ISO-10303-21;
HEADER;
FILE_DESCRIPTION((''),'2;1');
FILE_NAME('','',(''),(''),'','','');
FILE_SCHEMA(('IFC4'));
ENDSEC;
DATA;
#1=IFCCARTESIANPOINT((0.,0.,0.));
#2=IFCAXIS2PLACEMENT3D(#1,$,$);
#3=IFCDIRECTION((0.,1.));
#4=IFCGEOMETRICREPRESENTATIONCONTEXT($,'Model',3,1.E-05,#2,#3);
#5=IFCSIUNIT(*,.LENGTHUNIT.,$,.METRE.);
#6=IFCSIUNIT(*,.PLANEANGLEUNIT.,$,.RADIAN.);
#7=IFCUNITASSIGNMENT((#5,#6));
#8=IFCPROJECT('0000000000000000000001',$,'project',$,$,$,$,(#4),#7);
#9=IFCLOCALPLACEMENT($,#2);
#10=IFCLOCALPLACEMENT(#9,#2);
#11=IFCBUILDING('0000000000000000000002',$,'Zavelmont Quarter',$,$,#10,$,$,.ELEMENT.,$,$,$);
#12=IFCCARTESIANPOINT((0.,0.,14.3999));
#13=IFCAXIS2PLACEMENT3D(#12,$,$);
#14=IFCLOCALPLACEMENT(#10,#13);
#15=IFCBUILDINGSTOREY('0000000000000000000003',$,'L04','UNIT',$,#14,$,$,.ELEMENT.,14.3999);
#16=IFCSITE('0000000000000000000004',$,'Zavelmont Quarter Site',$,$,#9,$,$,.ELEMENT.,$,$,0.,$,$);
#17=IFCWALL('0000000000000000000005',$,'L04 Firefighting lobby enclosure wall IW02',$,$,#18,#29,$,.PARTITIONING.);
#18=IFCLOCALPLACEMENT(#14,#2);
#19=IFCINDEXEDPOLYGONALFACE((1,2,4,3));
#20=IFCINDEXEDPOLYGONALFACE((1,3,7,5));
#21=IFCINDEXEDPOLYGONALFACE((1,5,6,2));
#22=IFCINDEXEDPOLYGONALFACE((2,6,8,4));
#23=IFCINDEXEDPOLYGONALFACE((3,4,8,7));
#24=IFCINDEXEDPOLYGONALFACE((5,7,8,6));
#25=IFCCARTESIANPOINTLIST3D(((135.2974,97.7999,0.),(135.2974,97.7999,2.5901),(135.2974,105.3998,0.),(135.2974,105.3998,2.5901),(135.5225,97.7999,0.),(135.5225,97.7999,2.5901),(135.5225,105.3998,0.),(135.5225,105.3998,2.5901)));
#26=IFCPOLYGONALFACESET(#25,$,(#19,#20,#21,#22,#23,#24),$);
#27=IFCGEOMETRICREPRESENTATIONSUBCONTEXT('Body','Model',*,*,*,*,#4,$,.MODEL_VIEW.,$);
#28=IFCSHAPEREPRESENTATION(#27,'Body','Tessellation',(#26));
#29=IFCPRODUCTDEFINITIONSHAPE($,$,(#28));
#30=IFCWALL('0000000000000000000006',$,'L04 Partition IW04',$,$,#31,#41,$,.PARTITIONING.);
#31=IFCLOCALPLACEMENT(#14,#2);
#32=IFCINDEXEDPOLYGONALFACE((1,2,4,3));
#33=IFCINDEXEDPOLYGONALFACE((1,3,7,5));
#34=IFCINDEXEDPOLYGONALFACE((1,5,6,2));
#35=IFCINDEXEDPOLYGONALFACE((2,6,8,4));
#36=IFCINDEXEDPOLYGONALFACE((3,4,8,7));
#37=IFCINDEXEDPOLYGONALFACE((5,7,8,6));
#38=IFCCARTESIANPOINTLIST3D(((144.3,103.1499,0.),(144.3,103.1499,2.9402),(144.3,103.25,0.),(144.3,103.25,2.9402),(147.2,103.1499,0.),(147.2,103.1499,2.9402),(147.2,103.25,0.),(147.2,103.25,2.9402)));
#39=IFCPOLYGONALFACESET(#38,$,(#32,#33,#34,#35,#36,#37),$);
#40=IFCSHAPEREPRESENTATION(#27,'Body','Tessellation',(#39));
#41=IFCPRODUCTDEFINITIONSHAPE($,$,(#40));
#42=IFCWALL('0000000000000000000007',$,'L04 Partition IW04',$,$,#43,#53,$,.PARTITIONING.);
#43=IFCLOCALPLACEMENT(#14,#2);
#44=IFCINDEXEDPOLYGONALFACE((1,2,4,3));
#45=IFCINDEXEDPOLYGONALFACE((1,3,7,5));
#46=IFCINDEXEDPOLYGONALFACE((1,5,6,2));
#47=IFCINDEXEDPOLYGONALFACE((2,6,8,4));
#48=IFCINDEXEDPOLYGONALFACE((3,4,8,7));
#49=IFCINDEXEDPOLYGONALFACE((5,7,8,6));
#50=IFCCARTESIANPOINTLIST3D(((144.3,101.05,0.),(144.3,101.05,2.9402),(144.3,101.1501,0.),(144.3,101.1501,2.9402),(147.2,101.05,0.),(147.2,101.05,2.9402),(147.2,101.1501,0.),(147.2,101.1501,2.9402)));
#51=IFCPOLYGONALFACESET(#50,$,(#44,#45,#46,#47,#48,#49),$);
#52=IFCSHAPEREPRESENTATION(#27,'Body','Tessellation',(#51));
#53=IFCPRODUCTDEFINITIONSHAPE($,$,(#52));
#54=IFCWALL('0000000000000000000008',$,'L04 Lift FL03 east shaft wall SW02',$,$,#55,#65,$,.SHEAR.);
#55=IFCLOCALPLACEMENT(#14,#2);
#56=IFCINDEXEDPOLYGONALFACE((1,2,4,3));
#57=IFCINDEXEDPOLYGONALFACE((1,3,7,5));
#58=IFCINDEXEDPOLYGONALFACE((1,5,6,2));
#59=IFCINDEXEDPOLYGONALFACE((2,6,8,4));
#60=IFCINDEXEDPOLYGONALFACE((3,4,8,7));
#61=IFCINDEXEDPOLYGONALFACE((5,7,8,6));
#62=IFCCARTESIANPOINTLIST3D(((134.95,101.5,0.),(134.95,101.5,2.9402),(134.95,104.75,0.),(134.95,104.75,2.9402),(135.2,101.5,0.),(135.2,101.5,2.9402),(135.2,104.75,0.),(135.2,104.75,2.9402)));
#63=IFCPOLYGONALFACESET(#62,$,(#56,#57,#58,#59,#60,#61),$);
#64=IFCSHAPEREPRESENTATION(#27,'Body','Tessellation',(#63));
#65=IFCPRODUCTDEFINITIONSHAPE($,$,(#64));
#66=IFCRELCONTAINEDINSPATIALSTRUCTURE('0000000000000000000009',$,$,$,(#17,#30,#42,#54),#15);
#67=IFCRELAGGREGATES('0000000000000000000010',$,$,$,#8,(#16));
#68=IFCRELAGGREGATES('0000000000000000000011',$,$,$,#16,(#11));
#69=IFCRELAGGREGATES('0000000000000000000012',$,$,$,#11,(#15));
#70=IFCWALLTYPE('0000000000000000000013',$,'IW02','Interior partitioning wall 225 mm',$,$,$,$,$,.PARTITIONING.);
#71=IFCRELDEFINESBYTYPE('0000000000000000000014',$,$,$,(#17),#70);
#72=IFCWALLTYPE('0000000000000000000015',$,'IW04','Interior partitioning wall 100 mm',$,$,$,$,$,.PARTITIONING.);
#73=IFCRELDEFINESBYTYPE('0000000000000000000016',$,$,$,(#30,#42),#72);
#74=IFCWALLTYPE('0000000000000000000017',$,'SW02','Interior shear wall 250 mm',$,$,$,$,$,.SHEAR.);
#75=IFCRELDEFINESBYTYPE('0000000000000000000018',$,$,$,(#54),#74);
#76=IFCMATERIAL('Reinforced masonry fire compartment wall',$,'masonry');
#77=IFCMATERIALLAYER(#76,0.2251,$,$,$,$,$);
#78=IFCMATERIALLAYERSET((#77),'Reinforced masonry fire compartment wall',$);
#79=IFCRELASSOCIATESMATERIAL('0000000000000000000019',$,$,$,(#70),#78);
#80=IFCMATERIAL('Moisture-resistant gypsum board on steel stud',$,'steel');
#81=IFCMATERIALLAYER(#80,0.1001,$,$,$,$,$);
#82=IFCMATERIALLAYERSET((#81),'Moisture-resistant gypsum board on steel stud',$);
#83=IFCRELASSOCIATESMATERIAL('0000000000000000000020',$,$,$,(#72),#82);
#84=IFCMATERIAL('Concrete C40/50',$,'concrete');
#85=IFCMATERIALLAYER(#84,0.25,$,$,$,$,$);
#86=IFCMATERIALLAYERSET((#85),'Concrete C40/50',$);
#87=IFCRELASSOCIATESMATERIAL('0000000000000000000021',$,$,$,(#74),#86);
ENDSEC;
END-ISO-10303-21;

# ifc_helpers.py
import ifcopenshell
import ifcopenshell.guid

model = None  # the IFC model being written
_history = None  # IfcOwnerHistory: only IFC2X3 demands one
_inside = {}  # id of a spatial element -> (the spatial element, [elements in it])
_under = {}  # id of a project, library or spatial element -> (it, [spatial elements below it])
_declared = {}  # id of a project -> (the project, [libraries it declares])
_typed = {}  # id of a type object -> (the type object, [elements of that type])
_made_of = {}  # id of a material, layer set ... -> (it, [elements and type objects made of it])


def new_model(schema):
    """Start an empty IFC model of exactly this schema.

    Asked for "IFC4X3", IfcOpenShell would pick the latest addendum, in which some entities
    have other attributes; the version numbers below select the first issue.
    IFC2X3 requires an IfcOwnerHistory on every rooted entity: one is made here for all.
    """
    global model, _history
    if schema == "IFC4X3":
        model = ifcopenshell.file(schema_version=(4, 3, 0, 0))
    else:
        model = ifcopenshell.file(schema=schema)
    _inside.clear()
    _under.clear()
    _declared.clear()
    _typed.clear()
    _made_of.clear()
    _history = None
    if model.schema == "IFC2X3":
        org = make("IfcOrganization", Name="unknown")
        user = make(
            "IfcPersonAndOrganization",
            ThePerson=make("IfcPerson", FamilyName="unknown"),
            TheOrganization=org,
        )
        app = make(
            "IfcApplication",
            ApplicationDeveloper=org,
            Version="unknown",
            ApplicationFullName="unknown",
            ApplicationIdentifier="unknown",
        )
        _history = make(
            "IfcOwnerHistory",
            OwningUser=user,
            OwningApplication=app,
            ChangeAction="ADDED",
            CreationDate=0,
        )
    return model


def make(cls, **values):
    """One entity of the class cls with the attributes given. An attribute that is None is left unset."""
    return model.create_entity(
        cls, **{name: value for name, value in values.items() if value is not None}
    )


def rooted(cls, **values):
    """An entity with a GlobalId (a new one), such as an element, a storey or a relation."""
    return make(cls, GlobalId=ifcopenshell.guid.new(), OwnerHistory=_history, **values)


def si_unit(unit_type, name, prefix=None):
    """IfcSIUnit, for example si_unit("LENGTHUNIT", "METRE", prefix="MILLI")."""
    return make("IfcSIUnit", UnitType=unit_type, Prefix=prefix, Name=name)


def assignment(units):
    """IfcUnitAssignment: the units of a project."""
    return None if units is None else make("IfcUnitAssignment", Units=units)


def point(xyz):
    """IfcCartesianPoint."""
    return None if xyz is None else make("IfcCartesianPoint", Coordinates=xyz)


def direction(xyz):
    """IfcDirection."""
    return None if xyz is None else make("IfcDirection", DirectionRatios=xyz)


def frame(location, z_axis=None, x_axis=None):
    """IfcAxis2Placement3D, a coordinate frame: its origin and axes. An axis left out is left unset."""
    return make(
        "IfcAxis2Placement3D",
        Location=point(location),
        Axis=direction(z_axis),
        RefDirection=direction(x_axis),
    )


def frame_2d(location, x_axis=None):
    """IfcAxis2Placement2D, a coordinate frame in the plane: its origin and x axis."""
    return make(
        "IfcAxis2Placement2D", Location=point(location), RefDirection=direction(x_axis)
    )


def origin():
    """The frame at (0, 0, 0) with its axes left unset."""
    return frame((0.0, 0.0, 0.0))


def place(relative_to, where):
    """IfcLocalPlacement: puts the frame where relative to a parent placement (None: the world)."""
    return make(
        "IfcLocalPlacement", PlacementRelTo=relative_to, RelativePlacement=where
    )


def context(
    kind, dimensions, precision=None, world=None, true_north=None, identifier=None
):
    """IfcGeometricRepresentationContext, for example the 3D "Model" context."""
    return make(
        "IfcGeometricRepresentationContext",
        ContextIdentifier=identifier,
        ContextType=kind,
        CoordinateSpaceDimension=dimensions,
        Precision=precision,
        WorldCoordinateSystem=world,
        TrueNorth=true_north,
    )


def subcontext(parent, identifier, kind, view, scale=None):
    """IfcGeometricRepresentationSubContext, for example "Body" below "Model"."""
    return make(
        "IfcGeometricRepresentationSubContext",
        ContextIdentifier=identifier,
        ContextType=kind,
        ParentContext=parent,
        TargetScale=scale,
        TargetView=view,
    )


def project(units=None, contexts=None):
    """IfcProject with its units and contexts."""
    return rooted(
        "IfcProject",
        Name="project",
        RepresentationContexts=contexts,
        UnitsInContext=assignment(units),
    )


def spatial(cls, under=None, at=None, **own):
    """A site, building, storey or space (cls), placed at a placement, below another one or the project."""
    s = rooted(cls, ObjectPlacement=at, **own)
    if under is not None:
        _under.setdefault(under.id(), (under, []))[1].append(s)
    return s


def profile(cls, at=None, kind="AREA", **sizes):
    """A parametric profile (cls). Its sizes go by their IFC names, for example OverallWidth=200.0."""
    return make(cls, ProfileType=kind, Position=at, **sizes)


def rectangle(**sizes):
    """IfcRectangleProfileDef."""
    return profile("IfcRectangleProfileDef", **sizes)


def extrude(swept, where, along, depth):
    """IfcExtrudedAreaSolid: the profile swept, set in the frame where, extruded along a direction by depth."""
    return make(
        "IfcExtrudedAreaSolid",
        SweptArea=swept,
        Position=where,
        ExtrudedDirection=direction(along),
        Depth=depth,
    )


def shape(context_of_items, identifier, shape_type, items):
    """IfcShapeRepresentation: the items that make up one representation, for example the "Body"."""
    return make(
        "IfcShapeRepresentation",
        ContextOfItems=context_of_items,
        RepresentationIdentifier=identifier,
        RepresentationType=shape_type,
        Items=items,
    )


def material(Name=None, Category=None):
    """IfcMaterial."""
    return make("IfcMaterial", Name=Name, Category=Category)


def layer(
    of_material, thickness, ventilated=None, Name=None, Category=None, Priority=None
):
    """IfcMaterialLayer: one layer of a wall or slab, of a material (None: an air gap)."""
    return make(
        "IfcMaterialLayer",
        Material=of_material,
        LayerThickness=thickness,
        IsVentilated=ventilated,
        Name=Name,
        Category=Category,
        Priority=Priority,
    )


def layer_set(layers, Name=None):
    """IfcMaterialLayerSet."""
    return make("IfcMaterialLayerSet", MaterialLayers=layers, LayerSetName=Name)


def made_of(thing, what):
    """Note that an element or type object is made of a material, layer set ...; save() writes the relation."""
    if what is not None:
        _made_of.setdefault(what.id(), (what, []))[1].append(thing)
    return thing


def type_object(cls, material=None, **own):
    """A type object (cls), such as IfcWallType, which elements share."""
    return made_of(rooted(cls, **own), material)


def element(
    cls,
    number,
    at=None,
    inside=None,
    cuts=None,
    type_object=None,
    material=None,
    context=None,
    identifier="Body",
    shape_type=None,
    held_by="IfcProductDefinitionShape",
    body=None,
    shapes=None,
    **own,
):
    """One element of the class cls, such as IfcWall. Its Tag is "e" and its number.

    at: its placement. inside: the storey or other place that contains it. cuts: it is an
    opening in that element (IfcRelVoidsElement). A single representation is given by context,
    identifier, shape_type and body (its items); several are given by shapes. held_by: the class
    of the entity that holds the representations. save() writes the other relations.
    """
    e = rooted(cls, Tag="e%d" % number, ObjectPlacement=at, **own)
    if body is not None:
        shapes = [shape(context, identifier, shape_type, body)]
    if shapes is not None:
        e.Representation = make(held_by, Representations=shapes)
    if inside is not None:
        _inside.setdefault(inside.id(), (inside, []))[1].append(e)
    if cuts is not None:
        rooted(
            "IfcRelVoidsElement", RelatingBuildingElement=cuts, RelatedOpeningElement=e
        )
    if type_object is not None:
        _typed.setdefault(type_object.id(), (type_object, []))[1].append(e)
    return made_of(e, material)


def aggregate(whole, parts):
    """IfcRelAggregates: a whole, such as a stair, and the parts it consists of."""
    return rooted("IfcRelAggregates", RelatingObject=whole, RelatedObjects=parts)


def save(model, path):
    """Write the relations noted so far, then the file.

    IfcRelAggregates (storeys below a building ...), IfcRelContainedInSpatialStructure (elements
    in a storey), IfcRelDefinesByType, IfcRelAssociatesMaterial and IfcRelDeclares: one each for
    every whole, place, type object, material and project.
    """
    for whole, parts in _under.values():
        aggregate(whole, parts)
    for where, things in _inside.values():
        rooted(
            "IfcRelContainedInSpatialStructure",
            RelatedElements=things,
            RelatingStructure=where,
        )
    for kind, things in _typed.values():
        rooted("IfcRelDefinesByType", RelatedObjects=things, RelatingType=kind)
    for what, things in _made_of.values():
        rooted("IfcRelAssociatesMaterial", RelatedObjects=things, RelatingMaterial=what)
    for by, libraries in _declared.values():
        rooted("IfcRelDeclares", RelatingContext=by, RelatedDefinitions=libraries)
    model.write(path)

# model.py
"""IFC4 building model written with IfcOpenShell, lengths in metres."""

from ifc_helpers import new_model, si_unit, direction, frame, frame_2d, origin, place, context, subcontext, project, spatial, rectangle, extrude, material, layer, layer_set, type_object, element, save


model = new_model("IFC4")

# Units and contexts
model_context = context("Model", 3, precision=1e-05, world=origin(), true_north=direction((0.0, 1.0)))
body_context = subcontext(model_context, "Body", "Model", "MODEL_VIEW")
ifc_project = project(units=[si_unit("LENGTHUNIT", "METRE"), si_unit("PLANEANGLEUNIT", "RADIAN")], contexts=[model_context])

# Site, building, storey
site_placement = place(None, origin())
site = spatial("IfcSite", under=ifc_project, at=site_placement, Name="Zavelmont Quarter Site", CompositionType="ELEMENT", RefElevation=0.0)
building_placement = place(site_placement, origin())
building = spatial("IfcBuilding", under=site, at=building_placement, Name="Zavelmont Quarter", CompositionType="ELEMENT")
storey_placement = place(building_placement, frame((0.0, 0.0, 14.3999)))
storey = spatial("IfcBuildingStorey", under=building, at=storey_placement, Name="L04", Description="UNIT", CompositionType="ELEMENT", Elevation=14.3999)

# Shared definitions
ifc_material_1 = material(Name="Concrete C40/50", Category="concrete")

# Walls
ifc_material_2 = material(Name="Reinforced masonry fire compartment wall", Category="masonry")
ifc_layer_1 = layer(ifc_material_2, 0.2251)
ifc_layer_set_1 = layer_set([ifc_layer_1], Name="Reinforced masonry fire compartment wall")
wall_type_1 = type_object("IfcWallType", Name="IW02", Description="Interior partitioning wall 225 mm", PredefinedType="PARTITIONING", material=ifc_layer_set_1)
wall_1_placement = place(storey_placement, frame((135.4099, 97.8, 0.0), z_axis=(0.0, 0.0, 1.0), x_axis=(0.0, 1.0, 0.0)))
element("IfcWall", 1, at=wall_1_placement, inside=storey, type_object=wall_type_1, Name="L04 Firefighting lobby enclosure wall IW02", PredefinedType="PARTITIONING", context=body_context, shape_type="SweptSolid", body=[
    extrude(rectangle(XDim=7.5999, YDim=0.2251, at=frame_2d((3.7998, 0.0))), origin(), (0.0, 0.0, 1.0), 2.5901),
])
ifc_material_3 = material(Name="Moisture-resistant gypsum board on steel stud", Category="steel")
ifc_layer_2 = layer(ifc_material_3, 0.1001)
ifc_layer_set_2 = layer_set([ifc_layer_2], Name="Moisture-resistant gypsum board on steel stud")
wall_type_2 = type_object("IfcWallType", Name="IW04", Description="Interior partitioning wall 100 mm", PredefinedType="PARTITIONING", material=ifc_layer_set_2)
for number, where, z_axis, x_axis, name in (
    (2, (144.3, 103.2, 0.0), (0.0, 0.0, 1.0), (1.0, 0.0, 0.0), "L04 Partition IW04"),
    (3, (144.3, 101.1001, 0.0), (0.0, 0.0, 1.0), (1.0, 0.0, 0.0), "L04 Partition IW04"),
):
    element("IfcWall", number, at=place(storey_placement, frame(where, z_axis=z_axis, x_axis=x_axis)), inside=storey, type_object=wall_type_2, Name=name, PredefinedType="PARTITIONING", context=body_context, shape_type="SweptSolid", body=[
        extrude(rectangle(XDim=2.8999, YDim=0.1001, at=frame_2d((1.45, 0.0))), origin(), (0.0, 0.0, 1.0), 2.9402),
    ])
ifc_layer_3 = layer(ifc_material_1, 0.25)
ifc_layer_set_3 = layer_set([ifc_layer_3], Name="Concrete C40/50")
wall_type_3 = type_object("IfcWallType", Name="SW02", Description="Interior shear wall 250 mm", PredefinedType="SHEAR", material=ifc_layer_set_3)
wall_2_placement = place(storey_placement, frame((135.075, 101.5, 0.0), z_axis=(0.0, 0.0, 1.0), x_axis=(0.0, 1.0, 0.0)))
element("IfcWall", 4, at=wall_2_placement, inside=storey, type_object=wall_type_3, Name="L04 Lift FL03 east shaft wall SW02", PredefinedType="SHEAR", context=body_context, shape_type="SweptSolid", body=[
    extrude(rectangle(XDim=3.25, YDim=0.25, at=frame_2d((1.625, 0.0))), origin(), (0.0, 0.0, 1.0), 2.9402),
])

save(model, "model.ifc")
